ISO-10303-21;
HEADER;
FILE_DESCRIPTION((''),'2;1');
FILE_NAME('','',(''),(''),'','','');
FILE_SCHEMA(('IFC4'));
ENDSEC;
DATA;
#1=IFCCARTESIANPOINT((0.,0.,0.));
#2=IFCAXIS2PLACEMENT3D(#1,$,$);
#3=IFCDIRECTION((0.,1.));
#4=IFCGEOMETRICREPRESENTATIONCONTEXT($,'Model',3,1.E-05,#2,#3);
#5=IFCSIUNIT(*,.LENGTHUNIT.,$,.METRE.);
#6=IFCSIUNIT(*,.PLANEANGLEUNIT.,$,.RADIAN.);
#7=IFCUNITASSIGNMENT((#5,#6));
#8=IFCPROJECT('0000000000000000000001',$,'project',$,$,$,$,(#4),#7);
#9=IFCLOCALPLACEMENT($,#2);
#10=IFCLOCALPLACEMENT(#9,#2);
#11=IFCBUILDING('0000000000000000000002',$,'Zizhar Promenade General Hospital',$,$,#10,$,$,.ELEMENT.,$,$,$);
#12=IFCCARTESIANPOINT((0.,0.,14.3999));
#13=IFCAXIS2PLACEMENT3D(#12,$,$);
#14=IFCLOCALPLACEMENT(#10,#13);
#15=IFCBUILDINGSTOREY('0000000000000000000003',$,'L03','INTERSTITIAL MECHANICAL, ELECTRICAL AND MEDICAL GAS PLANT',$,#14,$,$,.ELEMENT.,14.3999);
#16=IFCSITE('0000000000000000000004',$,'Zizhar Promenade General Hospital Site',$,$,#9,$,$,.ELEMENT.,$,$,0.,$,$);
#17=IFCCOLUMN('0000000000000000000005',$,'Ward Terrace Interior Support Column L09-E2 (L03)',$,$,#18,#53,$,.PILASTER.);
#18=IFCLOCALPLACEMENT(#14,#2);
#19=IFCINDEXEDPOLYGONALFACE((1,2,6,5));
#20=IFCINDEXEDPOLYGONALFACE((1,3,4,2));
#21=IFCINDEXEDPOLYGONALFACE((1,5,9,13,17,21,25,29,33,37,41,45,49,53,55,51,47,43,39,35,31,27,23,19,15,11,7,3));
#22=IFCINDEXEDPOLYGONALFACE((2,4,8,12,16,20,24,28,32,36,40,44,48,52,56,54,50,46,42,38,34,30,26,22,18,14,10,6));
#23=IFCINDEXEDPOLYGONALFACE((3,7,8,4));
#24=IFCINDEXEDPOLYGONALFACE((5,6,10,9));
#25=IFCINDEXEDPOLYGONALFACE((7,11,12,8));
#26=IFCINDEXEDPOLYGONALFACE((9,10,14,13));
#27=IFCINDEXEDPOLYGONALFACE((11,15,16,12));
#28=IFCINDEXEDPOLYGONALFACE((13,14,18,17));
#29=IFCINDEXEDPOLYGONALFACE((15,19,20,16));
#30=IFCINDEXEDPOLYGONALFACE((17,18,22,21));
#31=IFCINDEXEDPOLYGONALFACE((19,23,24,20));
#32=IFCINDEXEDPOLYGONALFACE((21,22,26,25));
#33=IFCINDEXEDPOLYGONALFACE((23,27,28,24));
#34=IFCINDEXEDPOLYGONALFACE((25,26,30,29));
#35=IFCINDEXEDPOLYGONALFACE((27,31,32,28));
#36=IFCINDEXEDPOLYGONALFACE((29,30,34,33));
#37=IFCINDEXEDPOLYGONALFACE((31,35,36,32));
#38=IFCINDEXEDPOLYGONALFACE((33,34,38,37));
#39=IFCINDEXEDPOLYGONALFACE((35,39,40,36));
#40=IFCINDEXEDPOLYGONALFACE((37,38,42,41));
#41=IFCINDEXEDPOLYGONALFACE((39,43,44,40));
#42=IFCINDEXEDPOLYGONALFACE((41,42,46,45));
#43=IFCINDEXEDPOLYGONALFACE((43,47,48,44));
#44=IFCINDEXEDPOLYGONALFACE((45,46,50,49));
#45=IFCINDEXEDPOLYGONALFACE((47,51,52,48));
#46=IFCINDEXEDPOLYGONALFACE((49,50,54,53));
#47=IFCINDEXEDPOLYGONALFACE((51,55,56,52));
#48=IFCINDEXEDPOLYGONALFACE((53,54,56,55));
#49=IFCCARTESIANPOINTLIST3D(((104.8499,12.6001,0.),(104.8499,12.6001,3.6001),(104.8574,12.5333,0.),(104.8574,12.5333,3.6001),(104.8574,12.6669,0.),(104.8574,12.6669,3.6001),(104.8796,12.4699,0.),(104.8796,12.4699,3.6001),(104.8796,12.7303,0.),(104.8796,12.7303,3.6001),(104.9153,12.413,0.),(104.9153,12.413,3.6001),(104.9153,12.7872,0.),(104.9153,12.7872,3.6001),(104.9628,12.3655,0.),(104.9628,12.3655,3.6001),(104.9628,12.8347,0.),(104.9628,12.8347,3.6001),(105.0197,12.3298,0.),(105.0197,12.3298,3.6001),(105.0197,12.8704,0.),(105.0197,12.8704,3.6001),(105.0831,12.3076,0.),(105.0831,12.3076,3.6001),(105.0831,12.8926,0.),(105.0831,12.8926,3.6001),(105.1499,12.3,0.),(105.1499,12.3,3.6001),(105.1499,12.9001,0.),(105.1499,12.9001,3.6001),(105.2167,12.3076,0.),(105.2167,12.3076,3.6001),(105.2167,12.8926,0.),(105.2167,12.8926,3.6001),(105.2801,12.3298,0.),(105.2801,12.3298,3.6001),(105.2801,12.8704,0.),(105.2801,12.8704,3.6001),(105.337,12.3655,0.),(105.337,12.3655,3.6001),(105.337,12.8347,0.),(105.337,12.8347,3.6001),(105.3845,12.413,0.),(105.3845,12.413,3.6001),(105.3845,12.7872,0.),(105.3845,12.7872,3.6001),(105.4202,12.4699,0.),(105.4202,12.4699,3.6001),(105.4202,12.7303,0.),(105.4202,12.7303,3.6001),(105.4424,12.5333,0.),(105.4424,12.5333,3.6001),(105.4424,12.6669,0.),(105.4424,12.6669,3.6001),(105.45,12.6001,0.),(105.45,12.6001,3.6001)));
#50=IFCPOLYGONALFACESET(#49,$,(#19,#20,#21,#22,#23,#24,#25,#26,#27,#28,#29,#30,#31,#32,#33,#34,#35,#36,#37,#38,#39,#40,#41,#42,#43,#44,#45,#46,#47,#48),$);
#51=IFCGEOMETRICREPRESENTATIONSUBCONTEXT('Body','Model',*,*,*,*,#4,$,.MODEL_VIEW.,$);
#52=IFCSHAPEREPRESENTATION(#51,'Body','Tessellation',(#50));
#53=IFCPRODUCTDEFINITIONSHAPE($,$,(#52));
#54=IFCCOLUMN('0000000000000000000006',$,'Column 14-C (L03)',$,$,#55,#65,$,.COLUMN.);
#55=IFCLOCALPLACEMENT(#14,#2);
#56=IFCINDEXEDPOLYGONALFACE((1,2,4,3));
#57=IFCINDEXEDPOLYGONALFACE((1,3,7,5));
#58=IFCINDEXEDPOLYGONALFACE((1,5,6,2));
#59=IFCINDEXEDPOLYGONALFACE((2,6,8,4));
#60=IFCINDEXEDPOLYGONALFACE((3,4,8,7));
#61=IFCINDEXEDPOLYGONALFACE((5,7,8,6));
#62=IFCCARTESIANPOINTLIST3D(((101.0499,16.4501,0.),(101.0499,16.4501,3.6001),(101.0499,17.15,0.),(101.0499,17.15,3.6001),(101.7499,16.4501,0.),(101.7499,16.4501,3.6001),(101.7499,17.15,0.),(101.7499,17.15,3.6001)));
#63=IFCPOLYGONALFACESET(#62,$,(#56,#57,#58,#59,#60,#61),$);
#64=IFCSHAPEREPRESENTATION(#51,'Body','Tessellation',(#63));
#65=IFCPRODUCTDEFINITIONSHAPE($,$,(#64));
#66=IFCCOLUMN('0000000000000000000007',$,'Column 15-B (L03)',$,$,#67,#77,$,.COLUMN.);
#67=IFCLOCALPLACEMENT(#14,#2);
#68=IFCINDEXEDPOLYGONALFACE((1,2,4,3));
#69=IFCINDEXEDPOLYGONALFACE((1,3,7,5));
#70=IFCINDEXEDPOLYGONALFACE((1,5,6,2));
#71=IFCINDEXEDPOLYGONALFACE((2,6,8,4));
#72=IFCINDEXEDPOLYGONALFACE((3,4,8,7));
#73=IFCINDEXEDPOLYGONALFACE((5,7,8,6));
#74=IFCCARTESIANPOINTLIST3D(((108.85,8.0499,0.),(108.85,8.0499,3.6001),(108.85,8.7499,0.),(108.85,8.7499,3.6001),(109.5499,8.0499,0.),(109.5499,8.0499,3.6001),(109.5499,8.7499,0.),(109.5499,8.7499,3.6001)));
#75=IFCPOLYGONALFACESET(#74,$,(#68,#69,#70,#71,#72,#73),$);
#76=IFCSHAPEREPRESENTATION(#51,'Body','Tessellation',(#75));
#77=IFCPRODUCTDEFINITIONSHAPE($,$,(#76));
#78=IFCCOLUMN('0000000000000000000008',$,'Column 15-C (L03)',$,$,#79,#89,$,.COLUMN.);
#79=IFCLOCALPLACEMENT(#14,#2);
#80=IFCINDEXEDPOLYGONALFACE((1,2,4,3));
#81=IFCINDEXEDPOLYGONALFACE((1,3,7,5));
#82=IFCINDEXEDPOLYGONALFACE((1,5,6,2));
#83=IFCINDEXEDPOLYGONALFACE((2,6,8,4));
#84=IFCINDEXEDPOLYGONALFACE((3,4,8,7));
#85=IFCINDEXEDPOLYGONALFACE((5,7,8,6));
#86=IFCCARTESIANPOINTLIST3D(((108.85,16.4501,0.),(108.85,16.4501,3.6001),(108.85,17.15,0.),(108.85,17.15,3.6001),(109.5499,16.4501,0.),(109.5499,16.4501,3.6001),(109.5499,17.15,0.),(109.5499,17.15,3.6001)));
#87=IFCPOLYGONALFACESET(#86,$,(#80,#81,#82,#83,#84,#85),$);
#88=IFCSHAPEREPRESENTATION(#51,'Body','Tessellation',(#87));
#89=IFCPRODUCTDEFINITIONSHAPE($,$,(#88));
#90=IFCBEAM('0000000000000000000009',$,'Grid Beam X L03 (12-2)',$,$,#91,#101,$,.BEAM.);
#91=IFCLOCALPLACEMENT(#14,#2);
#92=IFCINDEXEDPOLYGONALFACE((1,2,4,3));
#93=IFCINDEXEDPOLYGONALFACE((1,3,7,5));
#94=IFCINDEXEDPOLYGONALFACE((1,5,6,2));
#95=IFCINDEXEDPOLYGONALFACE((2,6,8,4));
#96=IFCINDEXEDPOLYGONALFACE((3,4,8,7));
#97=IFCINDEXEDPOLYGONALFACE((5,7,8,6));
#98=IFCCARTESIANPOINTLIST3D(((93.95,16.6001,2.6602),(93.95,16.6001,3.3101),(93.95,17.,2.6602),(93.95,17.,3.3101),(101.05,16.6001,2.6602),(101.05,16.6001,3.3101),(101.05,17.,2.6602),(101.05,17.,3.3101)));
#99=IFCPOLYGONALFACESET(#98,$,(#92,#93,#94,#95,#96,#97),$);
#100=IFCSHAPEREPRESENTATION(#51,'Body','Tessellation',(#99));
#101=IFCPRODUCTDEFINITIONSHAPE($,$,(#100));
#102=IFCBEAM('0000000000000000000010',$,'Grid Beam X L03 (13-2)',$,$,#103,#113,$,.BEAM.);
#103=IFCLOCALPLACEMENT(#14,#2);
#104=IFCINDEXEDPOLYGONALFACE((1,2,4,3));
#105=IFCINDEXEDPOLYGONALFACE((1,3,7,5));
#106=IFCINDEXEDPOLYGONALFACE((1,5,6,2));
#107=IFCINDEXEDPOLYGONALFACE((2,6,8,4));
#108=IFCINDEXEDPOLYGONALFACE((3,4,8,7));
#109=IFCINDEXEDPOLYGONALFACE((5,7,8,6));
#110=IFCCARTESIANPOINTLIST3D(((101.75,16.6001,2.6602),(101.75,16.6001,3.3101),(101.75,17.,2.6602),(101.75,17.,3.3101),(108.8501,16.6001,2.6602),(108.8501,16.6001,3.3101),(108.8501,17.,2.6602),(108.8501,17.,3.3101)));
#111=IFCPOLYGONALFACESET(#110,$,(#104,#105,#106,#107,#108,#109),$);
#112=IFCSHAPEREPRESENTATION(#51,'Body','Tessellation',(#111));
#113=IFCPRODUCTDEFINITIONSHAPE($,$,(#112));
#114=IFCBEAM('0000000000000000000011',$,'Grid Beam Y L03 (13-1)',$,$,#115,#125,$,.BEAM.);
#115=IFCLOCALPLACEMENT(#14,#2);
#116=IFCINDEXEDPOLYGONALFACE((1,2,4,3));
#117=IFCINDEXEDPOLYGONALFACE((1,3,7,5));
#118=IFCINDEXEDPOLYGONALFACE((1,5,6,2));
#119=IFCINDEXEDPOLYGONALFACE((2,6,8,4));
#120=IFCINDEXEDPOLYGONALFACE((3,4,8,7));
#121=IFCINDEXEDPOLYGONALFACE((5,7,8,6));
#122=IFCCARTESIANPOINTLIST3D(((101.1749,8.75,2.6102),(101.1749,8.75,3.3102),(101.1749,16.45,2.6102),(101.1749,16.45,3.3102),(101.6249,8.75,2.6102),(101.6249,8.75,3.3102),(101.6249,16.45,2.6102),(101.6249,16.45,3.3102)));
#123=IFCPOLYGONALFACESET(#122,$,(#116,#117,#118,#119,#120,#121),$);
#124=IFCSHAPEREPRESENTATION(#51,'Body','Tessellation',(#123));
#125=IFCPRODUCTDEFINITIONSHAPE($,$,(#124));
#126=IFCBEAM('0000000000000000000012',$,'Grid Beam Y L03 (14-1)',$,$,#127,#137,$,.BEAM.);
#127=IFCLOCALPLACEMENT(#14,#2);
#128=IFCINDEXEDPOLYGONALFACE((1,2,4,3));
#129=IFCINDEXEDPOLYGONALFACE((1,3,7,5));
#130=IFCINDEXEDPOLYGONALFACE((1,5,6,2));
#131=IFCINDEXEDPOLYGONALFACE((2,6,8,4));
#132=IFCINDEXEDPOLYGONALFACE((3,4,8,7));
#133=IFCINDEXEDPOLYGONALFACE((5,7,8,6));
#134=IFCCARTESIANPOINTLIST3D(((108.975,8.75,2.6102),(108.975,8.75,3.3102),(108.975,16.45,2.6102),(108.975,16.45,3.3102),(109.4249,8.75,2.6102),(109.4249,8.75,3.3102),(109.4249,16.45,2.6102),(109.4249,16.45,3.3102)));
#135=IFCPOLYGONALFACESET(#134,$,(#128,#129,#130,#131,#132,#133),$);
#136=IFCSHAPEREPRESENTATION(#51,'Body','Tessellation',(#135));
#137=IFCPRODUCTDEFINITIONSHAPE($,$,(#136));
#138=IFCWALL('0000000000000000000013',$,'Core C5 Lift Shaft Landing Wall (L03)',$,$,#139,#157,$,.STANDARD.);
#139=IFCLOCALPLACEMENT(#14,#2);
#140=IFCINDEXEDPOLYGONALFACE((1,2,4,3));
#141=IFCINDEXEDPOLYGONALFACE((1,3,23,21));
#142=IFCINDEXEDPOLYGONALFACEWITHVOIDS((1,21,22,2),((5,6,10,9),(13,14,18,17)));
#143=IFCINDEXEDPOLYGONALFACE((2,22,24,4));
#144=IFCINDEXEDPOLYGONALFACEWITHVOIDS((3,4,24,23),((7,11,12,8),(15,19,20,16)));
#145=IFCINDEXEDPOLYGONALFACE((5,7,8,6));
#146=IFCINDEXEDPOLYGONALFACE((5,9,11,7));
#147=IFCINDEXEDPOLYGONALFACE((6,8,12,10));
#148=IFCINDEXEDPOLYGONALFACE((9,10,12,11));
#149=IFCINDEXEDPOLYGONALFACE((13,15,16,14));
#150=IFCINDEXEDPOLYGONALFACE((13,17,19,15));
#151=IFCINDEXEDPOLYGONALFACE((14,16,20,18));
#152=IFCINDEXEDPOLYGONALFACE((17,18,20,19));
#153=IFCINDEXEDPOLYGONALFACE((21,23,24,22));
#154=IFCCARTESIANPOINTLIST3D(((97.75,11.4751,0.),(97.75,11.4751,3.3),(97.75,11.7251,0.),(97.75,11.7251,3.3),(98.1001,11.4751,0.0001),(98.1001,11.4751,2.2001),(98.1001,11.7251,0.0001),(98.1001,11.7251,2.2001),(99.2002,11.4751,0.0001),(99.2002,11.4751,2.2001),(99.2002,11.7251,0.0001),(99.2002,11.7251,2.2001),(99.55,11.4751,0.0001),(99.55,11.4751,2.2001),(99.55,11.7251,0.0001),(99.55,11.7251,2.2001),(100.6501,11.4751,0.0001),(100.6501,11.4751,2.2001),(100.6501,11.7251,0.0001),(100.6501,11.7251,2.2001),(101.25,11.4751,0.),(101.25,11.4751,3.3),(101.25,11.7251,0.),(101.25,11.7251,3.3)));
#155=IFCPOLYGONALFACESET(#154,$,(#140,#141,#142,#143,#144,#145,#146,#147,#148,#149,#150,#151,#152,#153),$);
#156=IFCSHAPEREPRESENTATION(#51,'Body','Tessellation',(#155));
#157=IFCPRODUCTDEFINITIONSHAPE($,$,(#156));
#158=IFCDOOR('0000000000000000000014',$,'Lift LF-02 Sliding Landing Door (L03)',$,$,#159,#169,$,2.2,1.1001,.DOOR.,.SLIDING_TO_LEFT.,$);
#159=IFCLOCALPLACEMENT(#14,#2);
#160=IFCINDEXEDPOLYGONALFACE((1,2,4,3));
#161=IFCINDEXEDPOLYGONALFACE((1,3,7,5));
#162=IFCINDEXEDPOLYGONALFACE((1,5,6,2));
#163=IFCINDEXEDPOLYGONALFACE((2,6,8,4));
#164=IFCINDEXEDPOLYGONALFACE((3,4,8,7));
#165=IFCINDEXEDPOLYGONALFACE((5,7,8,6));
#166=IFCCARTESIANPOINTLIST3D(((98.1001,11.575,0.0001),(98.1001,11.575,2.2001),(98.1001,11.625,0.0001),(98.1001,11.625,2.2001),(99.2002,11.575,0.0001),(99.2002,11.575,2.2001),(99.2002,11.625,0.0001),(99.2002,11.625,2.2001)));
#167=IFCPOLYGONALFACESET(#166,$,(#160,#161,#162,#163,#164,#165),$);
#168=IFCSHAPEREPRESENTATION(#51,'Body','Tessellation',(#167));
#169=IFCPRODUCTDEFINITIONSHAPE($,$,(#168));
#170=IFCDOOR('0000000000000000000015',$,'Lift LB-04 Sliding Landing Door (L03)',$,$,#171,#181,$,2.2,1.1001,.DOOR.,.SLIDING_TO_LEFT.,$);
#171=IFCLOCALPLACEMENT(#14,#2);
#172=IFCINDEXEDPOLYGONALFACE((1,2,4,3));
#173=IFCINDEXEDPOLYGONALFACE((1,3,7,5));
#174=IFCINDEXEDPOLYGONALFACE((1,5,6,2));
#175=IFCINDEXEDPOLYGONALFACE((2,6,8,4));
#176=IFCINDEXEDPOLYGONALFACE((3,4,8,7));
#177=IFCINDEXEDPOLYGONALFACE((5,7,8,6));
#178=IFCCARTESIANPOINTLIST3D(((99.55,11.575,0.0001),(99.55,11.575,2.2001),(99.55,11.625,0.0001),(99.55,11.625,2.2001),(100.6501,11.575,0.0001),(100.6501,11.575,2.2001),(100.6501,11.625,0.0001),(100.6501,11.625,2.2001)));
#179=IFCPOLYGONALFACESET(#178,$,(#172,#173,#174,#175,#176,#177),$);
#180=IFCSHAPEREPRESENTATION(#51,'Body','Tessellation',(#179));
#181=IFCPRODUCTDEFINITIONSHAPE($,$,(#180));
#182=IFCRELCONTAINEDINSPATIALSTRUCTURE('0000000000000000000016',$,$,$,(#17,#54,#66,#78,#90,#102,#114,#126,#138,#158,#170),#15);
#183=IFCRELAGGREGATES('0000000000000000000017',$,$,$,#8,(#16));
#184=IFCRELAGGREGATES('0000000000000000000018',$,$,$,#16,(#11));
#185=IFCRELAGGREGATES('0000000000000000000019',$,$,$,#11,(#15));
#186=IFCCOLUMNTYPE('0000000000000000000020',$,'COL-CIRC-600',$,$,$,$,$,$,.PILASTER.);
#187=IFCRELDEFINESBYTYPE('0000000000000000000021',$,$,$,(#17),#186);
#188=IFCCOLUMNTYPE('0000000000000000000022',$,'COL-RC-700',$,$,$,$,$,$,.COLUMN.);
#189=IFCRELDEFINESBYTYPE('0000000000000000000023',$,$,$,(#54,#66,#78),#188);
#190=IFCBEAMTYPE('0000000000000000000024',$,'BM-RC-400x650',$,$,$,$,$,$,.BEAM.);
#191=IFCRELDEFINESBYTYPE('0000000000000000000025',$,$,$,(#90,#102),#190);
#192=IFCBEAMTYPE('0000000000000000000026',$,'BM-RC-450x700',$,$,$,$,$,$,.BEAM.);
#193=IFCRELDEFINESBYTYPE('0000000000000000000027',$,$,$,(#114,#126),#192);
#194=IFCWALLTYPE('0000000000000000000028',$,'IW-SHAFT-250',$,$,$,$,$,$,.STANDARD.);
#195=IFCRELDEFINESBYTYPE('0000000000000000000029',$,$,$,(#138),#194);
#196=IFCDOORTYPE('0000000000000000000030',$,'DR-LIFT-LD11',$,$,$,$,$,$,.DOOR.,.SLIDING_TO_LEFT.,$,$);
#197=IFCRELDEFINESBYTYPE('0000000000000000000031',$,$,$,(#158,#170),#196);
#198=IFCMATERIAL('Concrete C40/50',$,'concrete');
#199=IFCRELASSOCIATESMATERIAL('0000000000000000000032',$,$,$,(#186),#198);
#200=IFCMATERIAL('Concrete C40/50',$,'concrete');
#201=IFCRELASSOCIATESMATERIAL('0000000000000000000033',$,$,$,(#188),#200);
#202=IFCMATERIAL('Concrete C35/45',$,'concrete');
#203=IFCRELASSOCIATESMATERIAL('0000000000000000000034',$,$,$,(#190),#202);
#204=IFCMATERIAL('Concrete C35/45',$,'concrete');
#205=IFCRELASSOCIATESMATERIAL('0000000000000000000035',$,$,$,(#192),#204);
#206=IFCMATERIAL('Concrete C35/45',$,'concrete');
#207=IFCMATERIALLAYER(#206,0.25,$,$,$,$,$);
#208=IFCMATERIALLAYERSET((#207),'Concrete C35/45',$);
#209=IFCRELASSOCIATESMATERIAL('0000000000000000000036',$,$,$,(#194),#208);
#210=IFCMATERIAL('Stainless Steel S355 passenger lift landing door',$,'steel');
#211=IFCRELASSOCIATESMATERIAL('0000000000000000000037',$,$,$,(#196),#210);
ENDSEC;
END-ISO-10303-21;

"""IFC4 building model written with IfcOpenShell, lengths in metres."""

from ifc_helpers import new_model, si_unit, direction, frame, frame_2d, origin, origin_2d, place, context, subcontext, project, spatial, rectangle, circle, extrude, material, layer, layer_set, material_profile, profile_set, type_object, element, fill, save


model = new_model("IFC4")

# Units and contexts
model_context = context("Model", 3, precision=1e-05, world=origin(), true_north=direction((0.0, 1.0)))
body_context = subcontext(model_context, "Body", "Model", "MODEL_VIEW")
ifc_project = project(units=[si_unit("LENGTHUNIT", "METRE"), si_unit("PLANEANGLEUNIT", "RADIAN")], contexts=[model_context])

# Site, building, storey
site_placement = place(None, origin())
site = spatial("IfcSite", under=ifc_project, at=site_placement, Name="Zizhar Promenade General Hospital Site", CompositionType="ELEMENT", RefElevation=0.0)
building_placement = place(site_placement, origin())
building = spatial("IfcBuilding", under=site, at=building_placement, Name="Zizhar Promenade General Hospital", CompositionType="ELEMENT")
storey_placement = place(building_placement, frame((0.0, 0.0, 14.3999)))
storey = spatial("IfcBuildingStorey", under=building, at=storey_placement, Name="L03", Description="INTERSTITIAL MECHANICAL, ELECTRICAL AND MEDICAL GAS PLANT", CompositionType="ELEMENT", Elevation=14.3999)

# Columns
ifc_material_1 = material(Name="Concrete C40/50", Category="concrete")
ifc_material_profile_1 = material_profile(ifc_material_1, circle(Radius=0.3, at=origin_2d()))
ifc_profile_set_1 = profile_set([ifc_material_profile_1], Name="Concrete C40/50")
column_type_1 = type_object("IfcColumnType", Name="COL-CIRC-600", PredefinedType="PILASTER", material=ifc_profile_set_1)
column_placement = place(storey_placement, frame((105.1499, 12.6001, 0.0), z_axis=(0.0, 0.0, 1.0), x_axis=(1.0, 0.0, 0.0)))
element("IfcColumn", 1, at=column_placement, inside=storey, type_object=column_type_1, Name="Ward Terrace Interior Support Column L09-E2 (L03)", PredefinedType="PILASTER", context=body_context, shape_type="SweptSolid", body=[
    extrude(circle(Radius=0.3, at=origin_2d()), origin(), (0.0, 0.0, 1.0), 3.6001),
])
ifc_material_2 = material(Name="Concrete C40/50", Category="concrete")
ifc_material_profile_2 = material_profile(ifc_material_2, rectangle(XDim=0.7, YDim=0.7, at=origin_2d()))
ifc_profile_set_2 = profile_set([ifc_material_profile_2], Name="Concrete C40/50")
column_type_2 = type_object("IfcColumnType", Name="COL-RC-700", PredefinedType="COLUMN", material=ifc_profile_set_2)
for number, where, z_axis, x_axis, name in (
    (2, (101.3999, 16.8, 0.0), (0.0, 0.0, 1.0), (1.0, 0.0, 0.0), "Column 14-C (L03)"),
    (3, (109.2, 8.3999, 0.0), (0.0, 0.0, 1.0), (1.0, 0.0, 0.0), "Column 15-B (L03)"),
    (4, (109.2, 16.8, 0.0), (0.0, 0.0, 1.0), (1.0, 0.0, 0.0), "Column 15-C (L03)"),
):
    element("IfcColumn", number, at=place(storey_placement, frame(where, z_axis=z_axis, x_axis=x_axis)), inside=storey, type_object=column_type_2, Name=name, PredefinedType="COLUMN", context=body_context, shape_type="SweptSolid", body=[
        extrude(rectangle(XDim=0.7, YDim=0.7, at=origin_2d()), origin(), (0.0, 0.0, 1.0), 3.6001),
    ])

# Beams
ifc_material_3 = material(Name="Concrete C35/45", Category="concrete")
ifc_material_profile_3 = material_profile(ifc_material_3, rectangle(XDim=0.3999, YDim=0.6499, at=origin_2d()))
ifc_profile_set_3 = profile_set([ifc_material_profile_3], Name="Concrete C35/45")
beam_type_1 = type_object("IfcBeamType", Name="BM-RC-400x650", PredefinedType="BEAM", material=ifc_profile_set_3)
for number, where, z_axis, x_axis, name in (
    (5, (93.95, 16.8, 2.9851), (1.0, 0.0, 0.0), (0.0, 1.0, 0.0), "Grid Beam X L03 (12-2)"),
    (6, (101.75, 16.8, 2.9851), (1.0, 0.0, 0.0), (0.0, 1.0, 0.0), "Grid Beam X L03 (13-2)"),
):
    element("IfcBeam", number, at=place(storey_placement, frame(where, z_axis=z_axis, x_axis=x_axis)), inside=storey, type_object=beam_type_1, Name=name, PredefinedType="BEAM", context=body_context, shape_type="SweptSolid", body=[
        extrude(rectangle(XDim=0.3999, YDim=0.6499, at=origin_2d()), origin(), (0.0, 0.0, 1.0), 7.1001),
    ])
ifc_material_4 = material(Name="Concrete C35/45", Category="concrete")
ifc_material_profile_4 = material_profile(ifc_material_4, rectangle(XDim=0.45, YDim=0.7, at=origin_2d()))
ifc_profile_set_4 = profile_set([ifc_material_profile_4], Name="Concrete C35/45")
beam_type_2 = type_object("IfcBeamType", Name="BM-RC-450x700", PredefinedType="BEAM", material=ifc_profile_set_4)
for number, where, z_axis, x_axis, name in (
    (7, (101.3999, 8.75, 2.9602), (0.0, 1.0, 0.0), (-1.0, 0.0, 0.0), "Grid Beam Y L03 (13-1)"),
    (8, (109.2, 8.75, 2.9602), (0.0, 1.0, 0.0), (-1.0, 0.0, 0.0), "Grid Beam Y L03 (14-1)"),
):
    element("IfcBeam", number, at=place(storey_placement, frame(where, z_axis=z_axis, x_axis=x_axis)), inside=storey, type_object=beam_type_2, Name=name, PredefinedType="BEAM", context=body_context, shape_type="SweptSolid", body=[
        extrude(rectangle(XDim=0.45, YDim=0.7, at=origin_2d()), origin(), (0.0, 0.0, 1.0), 7.7),
    ])

# Wall, openings, doors
ifc_material_5 = material(Name="Concrete C35/45", Category="concrete")
ifc_layer = layer(ifc_material_5, 0.25)
ifc_layer_set = layer_set([ifc_layer], Name="Concrete C35/45")
wall_type = type_object("IfcWallType", Name="IW-SHAFT-250", PredefinedType="STANDARD", material=ifc_layer_set)
wall_placement = place(storey_placement, frame((97.75, 11.6001, 0.0), z_axis=(0.0, 0.0, 1.0), x_axis=(1.0, 0.0, 0.0)))
wall = element("IfcWall", 9, at=wall_placement, inside=storey, type_object=wall_type, Name="Core C5 Lift Shaft Landing Wall (L03)", PredefinedType="STANDARD", context=body_context, shape_type="SweptSolid", body=[
    extrude(rectangle(XDim=3.5, YDim=0.25, at=frame_2d((1.75, 0.0))), origin(), (0.0, 0.0, 1.0), 3.3),
])
opening_1_placement = place(wall_placement, frame((0.3501, 0.0, 0.0)))
opening_1 = element("IfcOpeningElement", 10, at=opening_1_placement, cuts=wall, PredefinedType="OPENING", context=body_context, shape_type="SweptSolid", body=[
    extrude(rectangle(XDim=1.1001, YDim=2.2, at=frame_2d((0.55, 1.1001))), frame((0.0, 0.135, 0.0), z_axis=(0.0, -1.0, 0.0), x_axis=(1.0, 0.0, 0.0)), (0.0, 0.0, 1.0), 0.27),
])
opening_2_placement = place(wall_placement, frame((1.8, 0.0, 0.0)))
opening_2 = element("IfcOpeningElement", 11, at=opening_2_placement, cuts=wall, PredefinedType="OPENING", context=body_context, shape_type="SweptSolid", body=[
    extrude(rectangle(XDim=1.1001, YDim=2.2, at=frame_2d((0.55, 1.1001))), frame((0.0, 0.135, 0.0), z_axis=(0.0, -1.0, 0.0), x_axis=(1.0, 0.0, 0.0)), (0.0, 0.0, 1.0), 0.27),
])
ifc_material_6 = material(Name="Stainless Steel S355 passenger lift landing door", Category="steel")
door_type = type_object("IfcDoorType", Name="DR-LIFT-LD11", OperationType="SLIDING_TO_LEFT", PredefinedType="DOOR", material=ifc_material_6)
door_1_placement = place(opening_1_placement, origin())
door_1 = element("IfcDoor", 12, at=door_1_placement, inside=storey, type_object=door_type, Name="Lift LF-02 Sliding Landing Door (L03)", OperationType="SLIDING_TO_LEFT", OverallHeight=2.2, OverallWidth=1.1001, PredefinedType="DOOR", context=body_context, shape_type="SweptSolid", body=[
    extrude(rectangle(XDim=1.1001, YDim=2.2, at=frame_2d((0.55, 1.1001))), frame((0.0, 0.0249, 0.0), z_axis=(0.0, -1.0, 0.0), x_axis=(1.0, 0.0, 0.0)), (0.0, 0.0, 1.0), 0.05),
])
fill(opening_1, door_1)
door_2_placement = place(opening_2_placement, origin())
door_2 = element("IfcDoor", 13, at=door_2_placement, inside=storey, type_object=door_type, Name="Lift LB-04 Sliding Landing Door (L03)", OperationType="SLIDING_TO_LEFT", OverallHeight=2.2, OverallWidth=1.1001, PredefinedType="DOOR", context=body_context, shape_type="SweptSolid", body=[
    extrude(rectangle(XDim=1.1001, YDim=2.2, at=frame_2d((0.55, 1.1001))), frame((0.0, 0.0249, 0.0), z_axis=(0.0, -1.0, 0.0), x_axis=(1.0, 0.0, 0.0)), (0.0, 0.0, 1.0), 0.05),
])
fill(opening_2, door_2)

save(model, "model.ifc")
